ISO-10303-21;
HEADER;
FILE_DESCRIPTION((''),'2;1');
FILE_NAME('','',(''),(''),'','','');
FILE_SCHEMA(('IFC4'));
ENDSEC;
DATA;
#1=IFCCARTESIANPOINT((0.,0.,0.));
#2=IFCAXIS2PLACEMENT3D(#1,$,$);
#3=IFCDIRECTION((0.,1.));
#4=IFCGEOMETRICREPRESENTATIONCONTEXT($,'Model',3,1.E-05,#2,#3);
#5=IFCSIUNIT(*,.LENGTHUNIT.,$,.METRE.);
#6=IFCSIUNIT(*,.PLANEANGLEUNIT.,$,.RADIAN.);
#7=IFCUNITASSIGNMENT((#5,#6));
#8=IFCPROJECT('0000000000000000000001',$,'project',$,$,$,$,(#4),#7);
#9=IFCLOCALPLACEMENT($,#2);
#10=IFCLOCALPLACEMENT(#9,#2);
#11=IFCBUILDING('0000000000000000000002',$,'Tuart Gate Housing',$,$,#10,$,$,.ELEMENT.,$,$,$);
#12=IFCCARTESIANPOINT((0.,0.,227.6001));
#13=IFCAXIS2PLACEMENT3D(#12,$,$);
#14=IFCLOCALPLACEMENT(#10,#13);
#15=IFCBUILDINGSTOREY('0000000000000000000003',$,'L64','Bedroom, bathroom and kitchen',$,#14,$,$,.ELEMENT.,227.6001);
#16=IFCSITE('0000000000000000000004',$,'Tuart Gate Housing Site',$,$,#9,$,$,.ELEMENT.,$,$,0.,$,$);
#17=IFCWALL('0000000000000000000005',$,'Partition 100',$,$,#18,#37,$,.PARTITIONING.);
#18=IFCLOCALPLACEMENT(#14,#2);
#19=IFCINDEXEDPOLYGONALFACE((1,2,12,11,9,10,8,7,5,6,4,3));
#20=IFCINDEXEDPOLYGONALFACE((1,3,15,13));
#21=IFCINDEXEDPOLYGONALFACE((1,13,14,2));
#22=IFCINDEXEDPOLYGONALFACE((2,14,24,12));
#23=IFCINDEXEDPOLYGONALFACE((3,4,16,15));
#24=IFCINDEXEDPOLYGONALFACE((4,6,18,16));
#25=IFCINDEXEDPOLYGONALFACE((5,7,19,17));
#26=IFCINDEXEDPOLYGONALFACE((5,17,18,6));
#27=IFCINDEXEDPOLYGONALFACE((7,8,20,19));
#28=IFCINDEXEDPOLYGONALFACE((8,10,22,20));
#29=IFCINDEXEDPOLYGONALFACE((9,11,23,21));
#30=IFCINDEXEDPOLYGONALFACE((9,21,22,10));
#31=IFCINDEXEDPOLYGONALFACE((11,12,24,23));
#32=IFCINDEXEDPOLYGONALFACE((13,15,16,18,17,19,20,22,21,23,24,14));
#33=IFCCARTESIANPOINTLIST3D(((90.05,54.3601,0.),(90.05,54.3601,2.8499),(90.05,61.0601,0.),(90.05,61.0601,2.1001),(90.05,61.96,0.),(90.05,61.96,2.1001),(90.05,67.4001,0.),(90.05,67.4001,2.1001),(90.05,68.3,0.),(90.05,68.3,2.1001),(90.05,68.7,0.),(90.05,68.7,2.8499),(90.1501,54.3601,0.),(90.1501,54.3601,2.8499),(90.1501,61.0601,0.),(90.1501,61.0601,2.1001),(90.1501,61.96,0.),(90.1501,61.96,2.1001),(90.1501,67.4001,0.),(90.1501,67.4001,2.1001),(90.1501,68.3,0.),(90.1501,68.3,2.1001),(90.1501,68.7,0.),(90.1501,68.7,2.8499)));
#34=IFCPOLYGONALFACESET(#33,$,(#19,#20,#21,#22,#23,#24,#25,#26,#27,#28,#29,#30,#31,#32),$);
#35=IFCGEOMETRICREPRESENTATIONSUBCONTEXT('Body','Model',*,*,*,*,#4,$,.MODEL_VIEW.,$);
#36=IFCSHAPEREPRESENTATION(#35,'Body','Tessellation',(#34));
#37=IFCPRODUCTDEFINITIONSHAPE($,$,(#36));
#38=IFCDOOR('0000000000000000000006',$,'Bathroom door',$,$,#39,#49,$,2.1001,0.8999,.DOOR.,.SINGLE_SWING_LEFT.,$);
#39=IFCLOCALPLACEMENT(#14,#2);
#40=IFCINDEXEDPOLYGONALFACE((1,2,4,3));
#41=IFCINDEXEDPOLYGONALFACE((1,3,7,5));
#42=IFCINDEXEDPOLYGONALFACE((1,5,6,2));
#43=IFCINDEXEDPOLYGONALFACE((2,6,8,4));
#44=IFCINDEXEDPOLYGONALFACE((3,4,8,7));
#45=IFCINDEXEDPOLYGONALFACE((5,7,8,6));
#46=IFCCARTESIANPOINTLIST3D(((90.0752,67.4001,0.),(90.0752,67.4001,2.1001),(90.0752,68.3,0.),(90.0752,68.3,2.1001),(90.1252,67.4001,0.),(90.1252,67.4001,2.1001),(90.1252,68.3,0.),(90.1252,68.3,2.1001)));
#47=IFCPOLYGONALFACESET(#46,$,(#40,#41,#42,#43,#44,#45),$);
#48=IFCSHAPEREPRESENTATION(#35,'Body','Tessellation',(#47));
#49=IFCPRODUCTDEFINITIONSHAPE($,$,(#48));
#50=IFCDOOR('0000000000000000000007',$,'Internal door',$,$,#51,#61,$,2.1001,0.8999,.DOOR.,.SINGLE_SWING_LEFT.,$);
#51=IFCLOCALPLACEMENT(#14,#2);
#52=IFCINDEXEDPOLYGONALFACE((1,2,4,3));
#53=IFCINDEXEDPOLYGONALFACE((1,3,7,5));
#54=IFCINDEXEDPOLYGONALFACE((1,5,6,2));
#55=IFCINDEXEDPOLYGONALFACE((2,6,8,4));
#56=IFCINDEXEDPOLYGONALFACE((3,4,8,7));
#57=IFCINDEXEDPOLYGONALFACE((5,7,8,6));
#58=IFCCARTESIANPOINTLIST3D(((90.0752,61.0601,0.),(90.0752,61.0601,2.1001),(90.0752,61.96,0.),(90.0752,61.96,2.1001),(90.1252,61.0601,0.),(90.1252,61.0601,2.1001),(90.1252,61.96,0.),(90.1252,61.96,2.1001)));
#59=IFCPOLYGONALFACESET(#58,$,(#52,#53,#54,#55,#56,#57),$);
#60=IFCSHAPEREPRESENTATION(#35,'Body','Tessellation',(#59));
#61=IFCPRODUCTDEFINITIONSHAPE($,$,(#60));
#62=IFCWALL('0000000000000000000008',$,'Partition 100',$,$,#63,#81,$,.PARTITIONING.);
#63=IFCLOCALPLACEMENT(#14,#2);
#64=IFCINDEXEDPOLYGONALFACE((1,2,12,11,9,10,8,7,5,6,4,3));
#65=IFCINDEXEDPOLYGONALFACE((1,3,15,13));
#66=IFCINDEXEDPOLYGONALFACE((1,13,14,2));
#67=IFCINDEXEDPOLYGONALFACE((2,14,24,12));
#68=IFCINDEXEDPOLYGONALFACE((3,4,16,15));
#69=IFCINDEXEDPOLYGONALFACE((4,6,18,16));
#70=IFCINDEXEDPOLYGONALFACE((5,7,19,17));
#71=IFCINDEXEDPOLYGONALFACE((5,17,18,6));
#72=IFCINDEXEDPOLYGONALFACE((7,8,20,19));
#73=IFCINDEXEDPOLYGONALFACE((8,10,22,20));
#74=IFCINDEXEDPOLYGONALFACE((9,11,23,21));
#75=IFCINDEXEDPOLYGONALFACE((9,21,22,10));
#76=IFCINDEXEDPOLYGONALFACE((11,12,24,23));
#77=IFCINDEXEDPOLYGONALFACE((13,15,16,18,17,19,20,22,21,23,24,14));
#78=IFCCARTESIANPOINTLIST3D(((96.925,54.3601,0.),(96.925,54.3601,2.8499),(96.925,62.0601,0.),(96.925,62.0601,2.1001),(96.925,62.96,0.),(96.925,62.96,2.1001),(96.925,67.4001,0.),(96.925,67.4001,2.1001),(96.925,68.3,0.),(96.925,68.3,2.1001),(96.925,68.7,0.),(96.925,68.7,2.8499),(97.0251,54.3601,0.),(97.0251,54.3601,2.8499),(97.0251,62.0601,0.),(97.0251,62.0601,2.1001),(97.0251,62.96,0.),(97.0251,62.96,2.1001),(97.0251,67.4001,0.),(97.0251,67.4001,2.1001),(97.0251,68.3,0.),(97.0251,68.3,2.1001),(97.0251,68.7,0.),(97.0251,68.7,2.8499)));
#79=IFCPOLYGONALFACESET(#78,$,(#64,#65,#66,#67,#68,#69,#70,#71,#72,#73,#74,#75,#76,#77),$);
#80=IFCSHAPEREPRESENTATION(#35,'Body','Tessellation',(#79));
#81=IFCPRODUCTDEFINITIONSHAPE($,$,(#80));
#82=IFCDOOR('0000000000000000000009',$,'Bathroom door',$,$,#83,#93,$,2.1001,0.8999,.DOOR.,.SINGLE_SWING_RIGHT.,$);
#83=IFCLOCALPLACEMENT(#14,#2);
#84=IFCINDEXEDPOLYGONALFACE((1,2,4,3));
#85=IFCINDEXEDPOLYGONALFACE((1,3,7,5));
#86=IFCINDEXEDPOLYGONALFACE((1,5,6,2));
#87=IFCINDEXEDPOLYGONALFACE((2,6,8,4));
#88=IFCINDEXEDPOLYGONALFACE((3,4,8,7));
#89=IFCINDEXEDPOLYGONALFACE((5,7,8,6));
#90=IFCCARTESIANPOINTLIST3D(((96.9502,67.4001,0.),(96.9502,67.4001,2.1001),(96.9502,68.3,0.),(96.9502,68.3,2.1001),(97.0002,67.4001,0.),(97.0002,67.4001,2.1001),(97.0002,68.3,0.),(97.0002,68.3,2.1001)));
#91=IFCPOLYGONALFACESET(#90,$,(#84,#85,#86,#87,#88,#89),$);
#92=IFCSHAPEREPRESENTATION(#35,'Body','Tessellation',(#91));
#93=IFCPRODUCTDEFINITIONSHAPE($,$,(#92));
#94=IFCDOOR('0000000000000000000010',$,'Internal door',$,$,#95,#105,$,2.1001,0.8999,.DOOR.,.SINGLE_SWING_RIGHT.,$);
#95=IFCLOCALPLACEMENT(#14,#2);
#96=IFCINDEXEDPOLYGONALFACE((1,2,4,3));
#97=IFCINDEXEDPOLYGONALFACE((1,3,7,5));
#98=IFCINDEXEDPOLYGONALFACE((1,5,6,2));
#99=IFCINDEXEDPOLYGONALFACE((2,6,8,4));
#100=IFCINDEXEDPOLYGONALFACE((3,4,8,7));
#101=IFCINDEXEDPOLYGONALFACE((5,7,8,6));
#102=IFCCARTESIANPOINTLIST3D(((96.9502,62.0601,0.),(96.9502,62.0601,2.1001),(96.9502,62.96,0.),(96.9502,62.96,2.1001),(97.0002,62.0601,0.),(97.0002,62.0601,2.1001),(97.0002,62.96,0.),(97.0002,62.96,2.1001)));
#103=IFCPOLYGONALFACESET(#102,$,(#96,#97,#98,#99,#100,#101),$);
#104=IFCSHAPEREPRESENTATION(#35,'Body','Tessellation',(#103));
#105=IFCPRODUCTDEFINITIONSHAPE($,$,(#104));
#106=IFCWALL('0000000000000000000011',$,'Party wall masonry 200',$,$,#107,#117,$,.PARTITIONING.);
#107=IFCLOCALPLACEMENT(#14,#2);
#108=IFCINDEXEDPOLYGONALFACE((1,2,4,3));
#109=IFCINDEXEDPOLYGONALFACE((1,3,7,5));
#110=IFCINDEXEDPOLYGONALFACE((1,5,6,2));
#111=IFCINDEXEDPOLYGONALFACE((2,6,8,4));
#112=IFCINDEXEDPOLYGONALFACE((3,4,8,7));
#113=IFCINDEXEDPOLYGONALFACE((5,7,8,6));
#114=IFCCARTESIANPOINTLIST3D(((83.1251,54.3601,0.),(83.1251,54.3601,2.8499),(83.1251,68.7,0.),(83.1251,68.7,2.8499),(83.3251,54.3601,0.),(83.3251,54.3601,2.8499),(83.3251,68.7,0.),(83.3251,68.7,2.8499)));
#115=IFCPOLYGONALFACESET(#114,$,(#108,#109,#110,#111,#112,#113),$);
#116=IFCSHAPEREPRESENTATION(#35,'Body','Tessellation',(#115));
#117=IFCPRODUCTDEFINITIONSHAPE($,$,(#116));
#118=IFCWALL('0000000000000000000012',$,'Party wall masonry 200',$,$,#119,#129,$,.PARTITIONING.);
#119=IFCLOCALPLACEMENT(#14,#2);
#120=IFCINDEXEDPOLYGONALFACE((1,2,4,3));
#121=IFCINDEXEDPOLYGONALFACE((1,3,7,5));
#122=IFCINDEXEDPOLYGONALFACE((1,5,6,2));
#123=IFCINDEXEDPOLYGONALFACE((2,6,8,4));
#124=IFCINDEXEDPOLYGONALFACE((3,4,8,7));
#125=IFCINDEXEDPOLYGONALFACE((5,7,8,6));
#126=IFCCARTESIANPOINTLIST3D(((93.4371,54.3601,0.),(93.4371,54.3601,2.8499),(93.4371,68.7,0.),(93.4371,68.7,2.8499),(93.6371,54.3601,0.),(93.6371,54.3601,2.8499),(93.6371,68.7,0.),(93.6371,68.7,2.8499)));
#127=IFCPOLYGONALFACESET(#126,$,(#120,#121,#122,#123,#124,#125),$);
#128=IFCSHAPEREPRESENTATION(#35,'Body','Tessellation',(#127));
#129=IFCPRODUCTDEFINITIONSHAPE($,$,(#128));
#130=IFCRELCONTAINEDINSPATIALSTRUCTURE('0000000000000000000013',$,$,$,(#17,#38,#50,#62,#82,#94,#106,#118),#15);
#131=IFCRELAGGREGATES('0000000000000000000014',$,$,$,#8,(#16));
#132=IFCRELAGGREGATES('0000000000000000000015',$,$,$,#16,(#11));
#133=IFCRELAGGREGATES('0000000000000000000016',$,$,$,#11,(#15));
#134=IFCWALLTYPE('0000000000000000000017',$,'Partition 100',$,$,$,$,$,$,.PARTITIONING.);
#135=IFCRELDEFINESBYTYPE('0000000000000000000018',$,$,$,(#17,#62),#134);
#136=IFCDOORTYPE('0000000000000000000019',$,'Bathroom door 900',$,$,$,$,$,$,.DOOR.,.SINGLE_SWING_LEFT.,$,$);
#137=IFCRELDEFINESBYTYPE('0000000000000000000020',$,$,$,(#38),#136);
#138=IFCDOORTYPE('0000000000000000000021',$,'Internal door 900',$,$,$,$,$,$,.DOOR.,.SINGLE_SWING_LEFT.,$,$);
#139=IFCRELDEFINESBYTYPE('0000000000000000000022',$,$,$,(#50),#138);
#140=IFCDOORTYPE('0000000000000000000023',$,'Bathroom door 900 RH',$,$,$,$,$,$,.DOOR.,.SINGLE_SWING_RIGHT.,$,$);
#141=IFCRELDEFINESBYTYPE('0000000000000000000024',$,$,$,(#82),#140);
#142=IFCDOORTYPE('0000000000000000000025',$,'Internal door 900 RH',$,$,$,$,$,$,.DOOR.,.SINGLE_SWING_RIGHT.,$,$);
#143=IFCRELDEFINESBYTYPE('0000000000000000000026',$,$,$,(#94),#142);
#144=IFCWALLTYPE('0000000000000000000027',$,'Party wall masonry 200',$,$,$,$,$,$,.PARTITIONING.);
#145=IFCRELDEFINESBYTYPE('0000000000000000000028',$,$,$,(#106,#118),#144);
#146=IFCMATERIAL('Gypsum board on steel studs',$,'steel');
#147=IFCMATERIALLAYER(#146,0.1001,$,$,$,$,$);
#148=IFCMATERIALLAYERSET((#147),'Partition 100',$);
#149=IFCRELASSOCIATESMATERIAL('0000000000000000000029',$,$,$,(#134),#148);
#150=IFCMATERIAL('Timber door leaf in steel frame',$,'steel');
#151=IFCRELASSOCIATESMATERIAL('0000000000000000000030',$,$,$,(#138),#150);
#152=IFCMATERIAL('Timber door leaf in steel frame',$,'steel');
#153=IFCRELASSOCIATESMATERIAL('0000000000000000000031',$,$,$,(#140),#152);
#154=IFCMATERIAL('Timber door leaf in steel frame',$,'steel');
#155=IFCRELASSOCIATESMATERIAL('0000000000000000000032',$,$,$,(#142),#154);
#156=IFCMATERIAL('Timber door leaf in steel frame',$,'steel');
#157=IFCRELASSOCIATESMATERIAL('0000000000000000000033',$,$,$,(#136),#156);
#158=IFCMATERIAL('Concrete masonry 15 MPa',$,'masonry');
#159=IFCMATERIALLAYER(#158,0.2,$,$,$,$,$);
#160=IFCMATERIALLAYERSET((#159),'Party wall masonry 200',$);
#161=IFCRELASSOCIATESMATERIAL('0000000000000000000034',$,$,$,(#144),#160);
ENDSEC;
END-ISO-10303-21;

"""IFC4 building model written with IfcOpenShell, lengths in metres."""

from ifc_helpers import new_model, si_unit, direction, frame, frame_2d, origin, place, context, subcontext, project, spatial, rectangle, extrude, material, layer, layer_set, type_object, element, fill, save


model = new_model("IFC4")

# Units and contexts
model_context = context("Model", 3, precision=1e-05, world=origin(), true_north=direction((0.0, 1.0)))
body_context = subcontext(model_context, "Body", "Model", "MODEL_VIEW")
ifc_project = project(units=[si_unit("LENGTHUNIT", "METRE"), si_unit("PLANEANGLEUNIT", "RADIAN")], contexts=[model_context])

# Site, building, storey
site_placement = place(None, origin())
site = spatial("IfcSite", under=ifc_project, at=site_placement, Name="Tuart Gate Housing Site", CompositionType="ELEMENT", RefElevation=0.0)
building_placement = place(site_placement, origin())
building = spatial("IfcBuilding", under=site, at=building_placement, Name="Tuart Gate Housing", CompositionType="ELEMENT")
storey_placement = place(building_placement, frame((0.0, 0.0, 227.6001)))
storey = spatial("IfcBuildingStorey", under=building, at=storey_placement, Name="L64", Description="Bedroom, bathroom and kitchen", CompositionType="ELEMENT", Elevation=227.6001)

# Shared definitions
ifc_material_1 = material(Name="Gypsum board on steel studs", Category="steel")
ifc_layer_1 = layer(ifc_material_1, 0.1001)
ifc_layer_set_1 = layer_set([ifc_layer_1], Name="Partition 100")
wall_type_1 = type_object("IfcWallType", Name="Partition 100", PredefinedType="PARTITIONING", material=ifc_layer_set_1)
ifc_material_2 = material(Name="Timber door leaf in steel frame", Category="steel")
door_type_1 = type_object("IfcDoorType", Name="Internal door 900", OperationType="SINGLE_SWING_LEFT", PredefinedType="DOOR", material=ifc_material_2)

# Walls, openings, doors
ifc_material_3 = material(Name="Timber door leaf in steel frame", Category="steel")
door_type_2 = type_object("IfcDoorType", Name="Bathroom door 900 RH", OperationType="SINGLE_SWING_RIGHT", PredefinedType="DOOR", material=ifc_material_3)
ifc_material_4 = material(Name="Timber door leaf in steel frame", Category="steel")
door_type_3 = type_object("IfcDoorType", Name="Internal door 900 RH", OperationType="SINGLE_SWING_RIGHT", PredefinedType="DOOR", material=ifc_material_4)
wall_1_placement = place(storey_placement, frame((90.1001, 54.3601, 0.0), z_axis=(0.0, 0.0, 1.0), x_axis=(0.0, 1.0, 0.0)))
wall_1 = element("IfcWall", 1, at=wall_1_placement, inside=storey, type_object=wall_type_1, Name="Partition 100", PredefinedType="PARTITIONING", context=body_context, shape_type="SweptSolid", body=[
    extrude(rectangle(XDim=14.3398, YDim=0.1001, at=frame_2d((7.1699, 0.0))), origin(), (0.0, 0.0, 1.0), 2.8499),
])
opening_1_placement = place(wall_1_placement, frame((6.7, 0.0, 0.0)))
opening_1 = element("IfcOpeningElement", 2, at=opening_1_placement, cuts=wall_1, PredefinedType="OPENING", context=body_context, shape_type="SweptSolid", body=[
    extrude(rectangle(XDim=0.8999, YDim=2.1001, at=frame_2d((0.45, 1.05))), frame((0.0, 0.0601, 0.0), z_axis=(0.0, -1.0, 0.0), x_axis=(1.0, 0.0, 0.0)), (0.0, 0.0, 1.0), 0.1201),
])
opening_2_placement = place(wall_1_placement, frame((13.04, 0.0, 0.0)))
opening_2 = element("IfcOpeningElement", 3, at=opening_2_placement, cuts=wall_1, PredefinedType="OPENING", context=body_context, shape_type="SweptSolid", body=[
    extrude(rectangle(XDim=0.8999, YDim=2.1001, at=frame_2d((0.45, 1.05))), frame((0.0, 0.0601, 0.0), z_axis=(0.0, -1.0, 0.0), x_axis=(1.0, 0.0, 0.0)), (0.0, 0.0, 1.0), 0.1201),
])
ifc_material_5 = material(Name="Timber door leaf in steel frame", Category="steel")
door_type_4 = type_object("IfcDoorType", Name="Bathroom door 900", OperationType="SINGLE_SWING_LEFT", PredefinedType="DOOR", material=ifc_material_5)
door_1_placement = place(opening_2_placement, frame((0.8999, 0.0, 0.0), z_axis=(0.0, 0.0, 1.0), x_axis=(-1.0, 0.0, 0.0)))
door_1 = element("IfcDoor", 4, at=door_1_placement, inside=storey, type_object=door_type_4, Name="Bathroom door", OperationType="SINGLE_SWING_LEFT", OverallHeight=2.1001, OverallWidth=0.8999, PredefinedType="DOOR", context=body_context, shape_type="SweptSolid", body=[
    extrude(rectangle(XDim=0.8999, YDim=2.1001, at=frame_2d((0.45, 1.05))), frame((0.0, 0.0251, 0.0), z_axis=(0.0, -1.0, 0.0), x_axis=(1.0, 0.0, 0.0)), (0.0, 0.0, 1.0), 0.05),
])
fill(opening_2, door_1)
door_2_placement = place(opening_1_placement, frame((0.8999, 0.0, 0.0), z_axis=(0.0, 0.0, 1.0), x_axis=(-1.0, 0.0, 0.0)))
door_2 = element("IfcDoor", 5, at=door_2_placement, inside=storey, type_object=door_type_1, Name="Internal door", OperationType="SINGLE_SWING_LEFT", OverallHeight=2.1001, OverallWidth=0.8999, PredefinedType="DOOR", context=body_context, shape_type="SweptSolid", body=[
    extrude(rectangle(XDim=0.8999, YDim=2.1001, at=frame_2d((0.45, 1.05))), frame((0.0, 0.0251, 0.0), z_axis=(0.0, -1.0, 0.0), x_axis=(1.0, 0.0, 0.0)), (0.0, 0.0, 1.0), 0.05),
])
fill(opening_1, door_2)
wall_2_placement = place(storey_placement, frame((96.9751, 54.3601, 0.0), z_axis=(0.0, 0.0, 1.0), x_axis=(0.0, 1.0, 0.0)))
wall_2 = element("IfcWall", 6, at=wall_2_placement, inside=storey, type_object=wall_type_1, Name="Partition 100", PredefinedType="PARTITIONING", context=body_context, shape_type="SweptSolid", body=[
    extrude(rectangle(XDim=14.3398, YDim=0.1001, at=frame_2d((7.1699, 0.0))), origin(), (0.0, 0.0, 1.0), 2.8499),
])
opening_3_placement = place(wall_2_placement, frame((7.7, 0.0, 0.0)))
opening_3 = element("IfcOpeningElement", 7, at=opening_3_placement, cuts=wall_2, PredefinedType="OPENING", context=body_context, shape_type="SweptSolid", body=[
    extrude(rectangle(XDim=0.8999, YDim=2.1001, at=frame_2d((0.45, 1.05))), frame((0.0, 0.0601, 0.0), z_axis=(0.0, -1.0, 0.0), x_axis=(1.0, 0.0, 0.0)), (0.0, 0.0, 1.0), 0.1201),
])
opening_4_placement = place(wall_2_placement, frame((13.04, 0.0, 0.0)))
opening_4 = element("IfcOpeningElement", 8, at=opening_4_placement, cuts=wall_2, PredefinedType="OPENING", context=body_context, shape_type="SweptSolid", body=[
    extrude(rectangle(XDim=0.8999, YDim=2.1001, at=frame_2d((0.45, 1.05))), frame((0.0, 0.0601, 0.0), z_axis=(0.0, -1.0, 0.0), x_axis=(1.0, 0.0, 0.0)), (0.0, 0.0, 1.0), 0.1201),
])
door_3_placement = place(opening_4_placement, origin())
door_3 = element("IfcDoor", 9, at=door_3_placement, inside=storey, type_object=door_type_2, Name="Bathroom door", OperationType="SINGLE_SWING_RIGHT", OverallHeight=2.1001, OverallWidth=0.8999, PredefinedType="DOOR", context=body_context, shape_type="SweptSolid", body=[
    extrude(rectangle(XDim=0.8999, YDim=2.1001, at=frame_2d((0.45, 1.05))), frame((0.0, 0.0249, 0.0), z_axis=(0.0, -1.0, 0.0), x_axis=(1.0, 0.0, 0.0)), (0.0, 0.0, 1.0), 0.05),
])
fill(opening_4, door_3)
door_4_placement = place(opening_3_placement, origin())
door_4 = element("IfcDoor", 10, at=door_4_placement, inside=storey, type_object=door_type_3, Name="Internal door", OperationType="SINGLE_SWING_RIGHT", OverallHeight=2.1001, OverallWidth=0.8999, PredefinedType="DOOR", context=body_context, shape_type="SweptSolid", body=[
    extrude(rectangle(XDim=0.8999, YDim=2.1001, at=frame_2d((0.45, 1.05))), frame((0.0, 0.0249, 0.0), z_axis=(0.0, -1.0, 0.0), x_axis=(1.0, 0.0, 0.0)), (0.0, 0.0, 1.0), 0.05),
])
fill(opening_3, door_4)

# Walls
ifc_material_6 = material(Name="Concrete masonry 15 MPa", Category="masonry")
ifc_layer_2 = layer(ifc_material_6, 0.2)
ifc_layer_set_2 = layer_set([ifc_layer_2], Name="Party wall masonry 200")
wall_type_2 = type_object("IfcWallType", Name="Party wall masonry 200", PredefinedType="PARTITIONING", material=ifc_layer_set_2)
for number, where, z_axis, x_axis, name in (
    (11, (83.2251, 54.3601, 0.0), (0.0, 0.0, 1.0), (0.0, 1.0, 0.0), "Party wall masonry 200"),
    (12, (93.5371, 54.3601, 0.0), (0.0, 0.0, 1.0), (0.0, 1.0, 0.0), "Party wall masonry 200"),
):
    element("IfcWall", number, at=place(storey_placement, frame(where, z_axis=z_axis, x_axis=x_axis)), inside=storey, type_object=wall_type_2, Name=name, PredefinedType="PARTITIONING", context=body_context, shape_type="SweptSolid", body=[
        extrude(rectangle(XDim=14.3398, YDim=0.2, at=frame_2d((7.1699, 0.0))), origin(), (0.0, 0.0, 1.0), 2.8499),
    ])

save(model, "model.ifc")
